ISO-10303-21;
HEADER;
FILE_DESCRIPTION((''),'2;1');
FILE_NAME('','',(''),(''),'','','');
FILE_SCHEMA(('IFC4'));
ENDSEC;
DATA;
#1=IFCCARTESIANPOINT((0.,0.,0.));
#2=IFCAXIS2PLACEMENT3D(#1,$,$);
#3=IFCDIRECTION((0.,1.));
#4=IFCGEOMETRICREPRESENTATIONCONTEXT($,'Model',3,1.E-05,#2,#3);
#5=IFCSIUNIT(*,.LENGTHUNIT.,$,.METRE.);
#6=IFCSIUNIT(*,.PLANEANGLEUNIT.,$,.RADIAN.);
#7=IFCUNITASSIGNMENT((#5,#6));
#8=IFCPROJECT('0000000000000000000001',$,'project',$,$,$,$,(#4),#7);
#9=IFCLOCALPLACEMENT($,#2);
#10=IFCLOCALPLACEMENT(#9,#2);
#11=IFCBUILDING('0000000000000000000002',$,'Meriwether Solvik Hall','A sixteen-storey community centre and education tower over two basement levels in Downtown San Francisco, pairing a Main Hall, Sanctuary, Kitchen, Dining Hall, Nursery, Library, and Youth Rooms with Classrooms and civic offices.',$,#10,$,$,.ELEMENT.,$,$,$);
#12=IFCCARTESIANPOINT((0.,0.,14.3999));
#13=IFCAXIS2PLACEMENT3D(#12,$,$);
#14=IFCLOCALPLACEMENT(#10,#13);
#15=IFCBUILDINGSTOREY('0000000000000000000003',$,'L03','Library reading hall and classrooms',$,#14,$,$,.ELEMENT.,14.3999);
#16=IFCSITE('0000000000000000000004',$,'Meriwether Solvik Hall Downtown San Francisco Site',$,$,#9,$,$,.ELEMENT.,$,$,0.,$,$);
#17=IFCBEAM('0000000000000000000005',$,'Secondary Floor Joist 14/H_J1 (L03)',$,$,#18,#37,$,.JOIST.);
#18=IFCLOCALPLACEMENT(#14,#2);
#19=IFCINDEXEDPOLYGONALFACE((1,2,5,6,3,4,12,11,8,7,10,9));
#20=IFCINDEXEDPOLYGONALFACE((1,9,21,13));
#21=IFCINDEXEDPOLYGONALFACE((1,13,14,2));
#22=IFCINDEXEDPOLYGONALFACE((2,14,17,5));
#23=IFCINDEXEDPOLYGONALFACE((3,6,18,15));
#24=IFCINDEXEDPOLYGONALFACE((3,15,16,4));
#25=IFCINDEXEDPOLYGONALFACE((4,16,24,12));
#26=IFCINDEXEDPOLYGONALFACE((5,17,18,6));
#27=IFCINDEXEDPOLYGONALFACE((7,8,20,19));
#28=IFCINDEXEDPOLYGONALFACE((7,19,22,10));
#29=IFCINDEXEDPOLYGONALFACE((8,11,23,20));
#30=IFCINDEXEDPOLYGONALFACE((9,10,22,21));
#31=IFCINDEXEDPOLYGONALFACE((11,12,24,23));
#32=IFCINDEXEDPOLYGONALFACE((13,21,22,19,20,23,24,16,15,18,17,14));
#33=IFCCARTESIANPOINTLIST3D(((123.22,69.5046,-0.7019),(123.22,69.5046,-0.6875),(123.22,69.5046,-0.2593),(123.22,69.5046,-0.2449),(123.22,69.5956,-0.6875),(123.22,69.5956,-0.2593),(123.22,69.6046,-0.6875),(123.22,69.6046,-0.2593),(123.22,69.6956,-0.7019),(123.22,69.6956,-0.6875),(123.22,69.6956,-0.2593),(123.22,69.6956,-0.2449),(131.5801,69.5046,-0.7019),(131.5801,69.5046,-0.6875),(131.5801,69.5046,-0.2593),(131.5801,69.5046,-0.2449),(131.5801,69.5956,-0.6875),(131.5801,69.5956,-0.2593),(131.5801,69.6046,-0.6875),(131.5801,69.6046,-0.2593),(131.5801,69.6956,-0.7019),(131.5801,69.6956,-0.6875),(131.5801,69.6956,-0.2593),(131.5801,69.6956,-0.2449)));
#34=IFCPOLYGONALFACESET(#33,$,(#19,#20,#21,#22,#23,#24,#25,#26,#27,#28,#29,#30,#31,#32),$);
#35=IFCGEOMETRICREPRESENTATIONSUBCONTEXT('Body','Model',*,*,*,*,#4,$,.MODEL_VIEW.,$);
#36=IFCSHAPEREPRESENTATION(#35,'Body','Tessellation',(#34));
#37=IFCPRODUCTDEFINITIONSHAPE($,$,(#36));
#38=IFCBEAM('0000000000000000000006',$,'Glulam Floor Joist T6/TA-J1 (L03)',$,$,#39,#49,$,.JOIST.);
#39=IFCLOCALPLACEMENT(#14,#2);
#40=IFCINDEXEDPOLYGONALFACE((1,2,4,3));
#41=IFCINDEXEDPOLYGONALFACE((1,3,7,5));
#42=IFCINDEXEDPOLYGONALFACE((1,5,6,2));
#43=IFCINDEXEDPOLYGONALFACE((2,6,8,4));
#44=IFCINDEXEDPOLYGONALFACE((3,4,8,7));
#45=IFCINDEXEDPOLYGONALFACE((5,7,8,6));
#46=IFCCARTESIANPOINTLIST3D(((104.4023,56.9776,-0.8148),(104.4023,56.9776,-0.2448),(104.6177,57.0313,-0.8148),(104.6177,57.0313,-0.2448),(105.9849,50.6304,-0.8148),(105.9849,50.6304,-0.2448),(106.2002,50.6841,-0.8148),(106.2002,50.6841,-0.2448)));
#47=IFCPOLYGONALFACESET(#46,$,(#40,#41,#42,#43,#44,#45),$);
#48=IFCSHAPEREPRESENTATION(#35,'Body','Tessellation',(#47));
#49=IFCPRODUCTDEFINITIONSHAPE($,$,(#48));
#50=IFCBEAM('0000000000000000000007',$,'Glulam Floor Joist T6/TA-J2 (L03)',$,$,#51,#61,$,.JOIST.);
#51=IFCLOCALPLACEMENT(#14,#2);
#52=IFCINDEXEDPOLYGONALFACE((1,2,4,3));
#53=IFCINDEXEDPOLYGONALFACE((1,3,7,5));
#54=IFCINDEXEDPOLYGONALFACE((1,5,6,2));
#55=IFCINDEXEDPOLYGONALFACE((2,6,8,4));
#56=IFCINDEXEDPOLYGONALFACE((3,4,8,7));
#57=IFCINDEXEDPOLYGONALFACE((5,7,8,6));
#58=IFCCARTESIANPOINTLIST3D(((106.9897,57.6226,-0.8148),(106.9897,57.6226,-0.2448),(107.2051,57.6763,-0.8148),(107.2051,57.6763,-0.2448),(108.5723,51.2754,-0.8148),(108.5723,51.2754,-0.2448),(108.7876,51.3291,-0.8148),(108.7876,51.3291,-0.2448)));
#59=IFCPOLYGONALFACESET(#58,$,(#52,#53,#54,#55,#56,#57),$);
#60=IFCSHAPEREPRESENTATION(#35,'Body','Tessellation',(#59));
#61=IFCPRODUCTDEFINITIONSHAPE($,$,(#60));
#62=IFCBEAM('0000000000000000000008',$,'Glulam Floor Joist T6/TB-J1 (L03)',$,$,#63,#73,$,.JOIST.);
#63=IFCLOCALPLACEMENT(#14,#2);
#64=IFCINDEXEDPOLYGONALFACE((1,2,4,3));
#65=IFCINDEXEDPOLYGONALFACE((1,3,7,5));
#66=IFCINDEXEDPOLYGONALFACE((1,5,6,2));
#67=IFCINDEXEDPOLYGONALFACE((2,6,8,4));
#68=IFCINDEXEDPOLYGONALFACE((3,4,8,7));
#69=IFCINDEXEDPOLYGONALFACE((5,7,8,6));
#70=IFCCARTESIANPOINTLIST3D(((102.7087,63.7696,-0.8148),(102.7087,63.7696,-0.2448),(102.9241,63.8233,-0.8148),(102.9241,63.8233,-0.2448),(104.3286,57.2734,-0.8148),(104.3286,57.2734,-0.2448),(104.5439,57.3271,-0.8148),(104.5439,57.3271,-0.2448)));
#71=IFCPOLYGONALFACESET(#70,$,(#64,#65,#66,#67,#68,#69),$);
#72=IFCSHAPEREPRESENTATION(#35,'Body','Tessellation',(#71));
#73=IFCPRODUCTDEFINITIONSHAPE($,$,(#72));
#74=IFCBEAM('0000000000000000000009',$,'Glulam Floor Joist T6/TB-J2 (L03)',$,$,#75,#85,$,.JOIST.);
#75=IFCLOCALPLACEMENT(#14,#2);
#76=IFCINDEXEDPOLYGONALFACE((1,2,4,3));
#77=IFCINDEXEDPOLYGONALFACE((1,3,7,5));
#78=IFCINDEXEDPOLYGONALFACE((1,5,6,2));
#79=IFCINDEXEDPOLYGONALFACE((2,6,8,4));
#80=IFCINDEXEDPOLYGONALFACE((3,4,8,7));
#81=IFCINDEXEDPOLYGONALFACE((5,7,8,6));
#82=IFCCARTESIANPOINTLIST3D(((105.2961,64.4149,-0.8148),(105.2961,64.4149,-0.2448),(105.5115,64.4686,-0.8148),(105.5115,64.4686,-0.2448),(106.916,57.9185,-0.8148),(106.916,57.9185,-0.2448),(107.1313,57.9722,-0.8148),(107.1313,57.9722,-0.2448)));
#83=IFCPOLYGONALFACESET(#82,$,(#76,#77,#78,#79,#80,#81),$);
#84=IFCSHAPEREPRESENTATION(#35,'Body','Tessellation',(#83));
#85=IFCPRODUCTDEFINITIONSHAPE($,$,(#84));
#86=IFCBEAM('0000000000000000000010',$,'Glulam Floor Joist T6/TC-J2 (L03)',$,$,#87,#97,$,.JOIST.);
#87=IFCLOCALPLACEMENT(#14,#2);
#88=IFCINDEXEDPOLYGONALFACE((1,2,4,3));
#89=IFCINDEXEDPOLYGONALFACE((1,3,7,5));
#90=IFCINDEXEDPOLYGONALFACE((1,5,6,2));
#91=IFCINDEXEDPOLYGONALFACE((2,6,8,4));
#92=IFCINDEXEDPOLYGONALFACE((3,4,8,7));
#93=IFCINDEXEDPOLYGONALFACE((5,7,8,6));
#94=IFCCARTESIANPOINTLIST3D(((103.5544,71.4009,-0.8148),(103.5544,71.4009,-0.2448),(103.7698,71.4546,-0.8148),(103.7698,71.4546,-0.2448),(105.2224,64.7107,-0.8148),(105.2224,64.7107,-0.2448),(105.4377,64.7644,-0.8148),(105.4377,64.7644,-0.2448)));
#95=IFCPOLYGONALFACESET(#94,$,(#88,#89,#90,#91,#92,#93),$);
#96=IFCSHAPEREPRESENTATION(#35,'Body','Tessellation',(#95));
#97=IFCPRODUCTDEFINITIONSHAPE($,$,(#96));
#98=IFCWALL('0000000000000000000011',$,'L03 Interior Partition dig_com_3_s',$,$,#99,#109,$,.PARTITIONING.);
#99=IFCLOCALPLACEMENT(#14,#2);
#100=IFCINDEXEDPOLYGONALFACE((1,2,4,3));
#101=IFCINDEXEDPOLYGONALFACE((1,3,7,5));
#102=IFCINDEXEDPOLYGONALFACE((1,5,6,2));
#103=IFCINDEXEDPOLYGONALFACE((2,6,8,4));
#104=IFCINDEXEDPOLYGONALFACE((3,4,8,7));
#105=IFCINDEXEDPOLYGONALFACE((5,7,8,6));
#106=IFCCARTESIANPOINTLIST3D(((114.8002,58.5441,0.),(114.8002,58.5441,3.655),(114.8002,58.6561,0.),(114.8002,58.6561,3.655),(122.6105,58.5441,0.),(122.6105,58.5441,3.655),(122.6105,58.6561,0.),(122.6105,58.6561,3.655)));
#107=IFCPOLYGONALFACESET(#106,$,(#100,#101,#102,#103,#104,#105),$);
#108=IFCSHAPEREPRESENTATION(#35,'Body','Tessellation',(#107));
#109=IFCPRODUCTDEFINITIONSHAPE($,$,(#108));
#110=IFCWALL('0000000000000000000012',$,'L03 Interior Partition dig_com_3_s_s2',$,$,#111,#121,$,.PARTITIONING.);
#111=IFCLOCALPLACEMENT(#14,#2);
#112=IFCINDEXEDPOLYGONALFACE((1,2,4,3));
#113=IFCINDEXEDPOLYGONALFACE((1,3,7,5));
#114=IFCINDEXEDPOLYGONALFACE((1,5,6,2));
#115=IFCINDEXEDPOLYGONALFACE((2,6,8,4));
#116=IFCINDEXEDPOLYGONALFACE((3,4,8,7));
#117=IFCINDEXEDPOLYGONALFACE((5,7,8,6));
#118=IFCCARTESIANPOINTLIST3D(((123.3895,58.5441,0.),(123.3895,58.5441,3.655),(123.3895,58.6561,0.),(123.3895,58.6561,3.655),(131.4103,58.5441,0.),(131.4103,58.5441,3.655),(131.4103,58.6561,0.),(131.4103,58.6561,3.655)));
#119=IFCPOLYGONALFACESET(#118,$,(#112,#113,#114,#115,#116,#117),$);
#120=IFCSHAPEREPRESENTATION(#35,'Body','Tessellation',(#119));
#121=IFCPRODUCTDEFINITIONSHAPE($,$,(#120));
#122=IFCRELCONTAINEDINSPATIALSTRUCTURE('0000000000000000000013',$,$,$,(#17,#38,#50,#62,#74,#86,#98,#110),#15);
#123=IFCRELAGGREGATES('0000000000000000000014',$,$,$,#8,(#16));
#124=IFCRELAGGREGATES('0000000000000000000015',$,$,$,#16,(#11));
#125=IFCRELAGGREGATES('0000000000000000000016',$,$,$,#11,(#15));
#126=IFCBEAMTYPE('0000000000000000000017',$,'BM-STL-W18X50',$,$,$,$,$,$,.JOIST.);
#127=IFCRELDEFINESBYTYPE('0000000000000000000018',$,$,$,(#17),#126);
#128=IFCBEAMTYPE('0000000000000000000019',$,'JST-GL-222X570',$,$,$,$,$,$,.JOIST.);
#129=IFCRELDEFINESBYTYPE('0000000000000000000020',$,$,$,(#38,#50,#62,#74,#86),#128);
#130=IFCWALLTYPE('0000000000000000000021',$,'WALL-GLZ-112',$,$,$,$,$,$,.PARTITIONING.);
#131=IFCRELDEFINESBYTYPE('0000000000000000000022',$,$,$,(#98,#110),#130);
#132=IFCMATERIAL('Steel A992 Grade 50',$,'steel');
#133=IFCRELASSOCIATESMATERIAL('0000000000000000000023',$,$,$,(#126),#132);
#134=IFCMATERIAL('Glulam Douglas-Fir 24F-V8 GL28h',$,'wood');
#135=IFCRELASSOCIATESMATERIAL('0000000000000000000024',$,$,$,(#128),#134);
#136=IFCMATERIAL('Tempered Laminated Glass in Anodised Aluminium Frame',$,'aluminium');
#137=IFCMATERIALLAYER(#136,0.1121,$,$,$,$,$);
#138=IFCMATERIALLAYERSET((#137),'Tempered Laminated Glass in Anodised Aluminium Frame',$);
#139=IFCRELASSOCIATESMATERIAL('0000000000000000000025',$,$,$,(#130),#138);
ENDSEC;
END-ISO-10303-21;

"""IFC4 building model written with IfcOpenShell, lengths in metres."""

from ifc_helpers import new_model, si_unit, direction, frame, frame_2d, origin, origin_2d, place, context, subcontext, project, spatial, rectangle, i_section, extrude, material, layer, layer_set, material_profile, profile_set, type_object, element, save


model = new_model("IFC4")

# Units and contexts
model_context = context("Model", 3, precision=1e-05, world=origin(), true_north=direction((0.0, 1.0)))
body_context = subcontext(model_context, "Body", "Model", "MODEL_VIEW")
ifc_project = project(units=[si_unit("LENGTHUNIT", "METRE"), si_unit("PLANEANGLEUNIT", "RADIAN")], contexts=[model_context])

# Site, building, storey
site_placement = place(None, origin())
site = spatial("IfcSite", under=ifc_project, at=site_placement, Name="Meriwether Solvik Hall Downtown San Francisco Site", CompositionType="ELEMENT", RefElevation=0.0)
building_placement = place(site_placement, origin())
building = spatial("IfcBuilding", under=site, at=building_placement, Name="Meriwether Solvik Hall", Description="A sixteen-storey community centre and education tower over two basement levels in Downtown San Francisco, pairing a Main Hall, Sanctuary, Kitchen, Dining Hall, Nursery, Library, and Youth Rooms with Classrooms and civic offices.", CompositionType="ELEMENT")
storey_placement = place(building_placement, frame((0.0, 0.0, 14.3999)))
storey = spatial("IfcBuildingStorey", under=building, at=storey_placement, Name="L03", Description="Library reading hall and classrooms", CompositionType="ELEMENT", Elevation=14.3999)

# Beams
ifc_material_1 = material(Name="Steel A992 Grade 50", Category="steel")
ifc_material_profile_1 = material_profile(ifc_material_1, i_section(OverallWidth=0.1909, OverallDepth=0.457, WebThickness=0.009, FlangeThickness=0.0144, at=origin_2d()), Name="W18X50")
ifc_profile_set_1 = profile_set([ifc_material_profile_1], Name="Steel A992 Grade 50")
beam_type_1 = type_object("IfcBeamType", Name="BM-STL-W18X50", PredefinedType="JOIST", material=ifc_profile_set_1)
for number, where, z_axis, x_axis, name in (
    (1, (123.22, 69.6001, -0.4734), (1.0, 0.0, 0.0), (0.0, 1.0, 0.0), "Secondary Floor Joist 14/H_J1 (L03)"),
):
    element("IfcBeam", number, at=place(storey_placement, frame(where, z_axis=z_axis, x_axis=x_axis)), inside=storey, type_object=beam_type_1, Name=name, PredefinedType="JOIST", context=body_context, shape_type="SweptSolid", body=[
        extrude(i_section(OverallWidth=0.1909, OverallDepth=0.457, WebThickness=0.009, FlangeThickness=0.0144, at=origin_2d()), origin(), (0.0, 0.0, 1.0), 8.3601),
    ])
ifc_material_2 = material(Name="Glulam Douglas-Fir 24F-V8 GL28h", Category="wood")
ifc_material_profile_2 = material_profile(ifc_material_2, rectangle(XDim=0.2219, YDim=0.5701, at=origin_2d()), Name="GLJ-222X570")
ifc_profile_set_2 = profile_set([ifc_material_profile_2], Name="Glulam Douglas-Fir 24F-V8 GL28h")
beam_type_2 = type_object("IfcBeamType", Name="JST-GL-222X570", PredefinedType="JOIST", material=ifc_profile_set_2)
for number, where, z_axis, x_axis, name in (
    (2, (106.0925, 50.6572, -0.5298), (-0.241921, 0.970296, 0.0), (-0.970296, -0.241921, 0.0), "Glulam Floor Joist T6/TA-J1 (L03)"),
    (3, (108.6799, 51.3022, -0.5298), (-0.241921, 0.970296, 0.0), (-0.970296, -0.241921, 0.0), "Glulam Floor Joist T6/TA-J2 (L03)"),
):
    element("IfcBeam", number, at=place(storey_placement, frame(where, z_axis=z_axis, x_axis=x_axis)), inside=storey, type_object=beam_type_2, Name=name, PredefinedType="JOIST", context=body_context, shape_type="SweptSolid", body=[
        extrude(rectangle(XDim=0.2219, YDim=0.5701, at=origin_2d()), origin(), (0.0, 0.0, 1.0), 6.5415),
    ])
beam_1_placement = place(storey_placement, frame((104.4363, 57.3003, -0.5298), z_axis=(-0.241952, 0.970288, 0.0), x_axis=(-0.970288, -0.241952, 0.0)))
element("IfcBeam", 4, at=beam_1_placement, inside=storey, type_object=beam_type_2, Name="Glulam Floor Joist T6/TB-J1 (L03)", PredefinedType="JOIST", context=body_context, shape_type="SweptSolid", body=[
    extrude(rectangle(XDim=0.2219, YDim=0.5701, at=origin_2d()), origin(), (0.0, 0.0, 1.0), 6.6951),
])
beam_2_placement = place(storey_placement, frame((107.0237, 57.9453, -0.5298), z_axis=(-0.241944, 0.97029, 0.0), x_axis=(-0.97029, -0.241944, 0.0)))
element("IfcBeam", 5, at=beam_2_placement, inside=storey, type_object=beam_type_2, Name="Glulam Floor Joist T6/TB-J2 (L03)", PredefinedType="JOIST", context=body_context, shape_type="SweptSolid", body=[
    extrude(rectangle(XDim=0.2219, YDim=0.5701, at=origin_2d()), origin(), (0.0, 0.0, 1.0), 6.6953),
])
beam_3_placement = place(storey_placement, frame((105.3301, 64.7375, -0.5298), z_axis=(-0.241911, 0.970299, 0.0), x_axis=(-0.970299, -0.241911, 0.0)))
element("IfcBeam", 6, at=beam_3_placement, inside=storey, type_object=beam_type_2, Name="Glulam Floor Joist T6/TC-J2 (L03)", PredefinedType="JOIST", context=body_context, shape_type="SweptSolid", body=[
    extrude(rectangle(XDim=0.2219, YDim=0.5701, at=origin_2d()), origin(), (0.0, 0.0, 1.0), 6.895),
])

# Walls
ifc_material_3 = material(Name="Tempered Laminated Glass in Anodised Aluminium Frame", Category="aluminium")
ifc_layer = layer(ifc_material_3, 0.1121)
ifc_layer_set = layer_set([ifc_layer], Name="Tempered Laminated Glass in Anodised Aluminium Frame")
wall_type = type_object("IfcWallType", Name="WALL-GLZ-112", PredefinedType="PARTITIONING", material=ifc_layer_set)
wall_1_placement = place(storey_placement, frame((114.8, 58.6001, 0.0), z_axis=(0.0, 0.0, 1.0), x_axis=(1.0, 0.0, 0.0)))
element("IfcWall", 7, at=wall_1_placement, inside=storey, type_object=wall_type, Name="L03 Interior Partition dig_com_3_s", PredefinedType="PARTITIONING", context=body_context, shape_type="SweptSolid", body=[
    extrude(rectangle(XDim=7.8103, YDim=0.1121, at=frame_2d((3.9053, 0.0))), origin(), (0.0, 0.0, 1.0), 3.655),
])
wall_2_placement = place(storey_placement, frame((123.3896, 58.6001, 0.0), z_axis=(0.0, 0.0, 1.0), x_axis=(1.0, 0.0, 0.0)))
element("IfcWall", 8, at=wall_2_placement, inside=storey, type_object=wall_type, Name="L03 Interior Partition dig_com_3_s_s2", PredefinedType="PARTITIONING", context=body_context, shape_type="SweptSolid", body=[
    extrude(rectangle(XDim=8.0208, YDim=0.1121, at=frame_2d((4.0103, 0.0))), origin(), (0.0, 0.0, 1.0), 3.655),
])

save(model, "model.ifc")
